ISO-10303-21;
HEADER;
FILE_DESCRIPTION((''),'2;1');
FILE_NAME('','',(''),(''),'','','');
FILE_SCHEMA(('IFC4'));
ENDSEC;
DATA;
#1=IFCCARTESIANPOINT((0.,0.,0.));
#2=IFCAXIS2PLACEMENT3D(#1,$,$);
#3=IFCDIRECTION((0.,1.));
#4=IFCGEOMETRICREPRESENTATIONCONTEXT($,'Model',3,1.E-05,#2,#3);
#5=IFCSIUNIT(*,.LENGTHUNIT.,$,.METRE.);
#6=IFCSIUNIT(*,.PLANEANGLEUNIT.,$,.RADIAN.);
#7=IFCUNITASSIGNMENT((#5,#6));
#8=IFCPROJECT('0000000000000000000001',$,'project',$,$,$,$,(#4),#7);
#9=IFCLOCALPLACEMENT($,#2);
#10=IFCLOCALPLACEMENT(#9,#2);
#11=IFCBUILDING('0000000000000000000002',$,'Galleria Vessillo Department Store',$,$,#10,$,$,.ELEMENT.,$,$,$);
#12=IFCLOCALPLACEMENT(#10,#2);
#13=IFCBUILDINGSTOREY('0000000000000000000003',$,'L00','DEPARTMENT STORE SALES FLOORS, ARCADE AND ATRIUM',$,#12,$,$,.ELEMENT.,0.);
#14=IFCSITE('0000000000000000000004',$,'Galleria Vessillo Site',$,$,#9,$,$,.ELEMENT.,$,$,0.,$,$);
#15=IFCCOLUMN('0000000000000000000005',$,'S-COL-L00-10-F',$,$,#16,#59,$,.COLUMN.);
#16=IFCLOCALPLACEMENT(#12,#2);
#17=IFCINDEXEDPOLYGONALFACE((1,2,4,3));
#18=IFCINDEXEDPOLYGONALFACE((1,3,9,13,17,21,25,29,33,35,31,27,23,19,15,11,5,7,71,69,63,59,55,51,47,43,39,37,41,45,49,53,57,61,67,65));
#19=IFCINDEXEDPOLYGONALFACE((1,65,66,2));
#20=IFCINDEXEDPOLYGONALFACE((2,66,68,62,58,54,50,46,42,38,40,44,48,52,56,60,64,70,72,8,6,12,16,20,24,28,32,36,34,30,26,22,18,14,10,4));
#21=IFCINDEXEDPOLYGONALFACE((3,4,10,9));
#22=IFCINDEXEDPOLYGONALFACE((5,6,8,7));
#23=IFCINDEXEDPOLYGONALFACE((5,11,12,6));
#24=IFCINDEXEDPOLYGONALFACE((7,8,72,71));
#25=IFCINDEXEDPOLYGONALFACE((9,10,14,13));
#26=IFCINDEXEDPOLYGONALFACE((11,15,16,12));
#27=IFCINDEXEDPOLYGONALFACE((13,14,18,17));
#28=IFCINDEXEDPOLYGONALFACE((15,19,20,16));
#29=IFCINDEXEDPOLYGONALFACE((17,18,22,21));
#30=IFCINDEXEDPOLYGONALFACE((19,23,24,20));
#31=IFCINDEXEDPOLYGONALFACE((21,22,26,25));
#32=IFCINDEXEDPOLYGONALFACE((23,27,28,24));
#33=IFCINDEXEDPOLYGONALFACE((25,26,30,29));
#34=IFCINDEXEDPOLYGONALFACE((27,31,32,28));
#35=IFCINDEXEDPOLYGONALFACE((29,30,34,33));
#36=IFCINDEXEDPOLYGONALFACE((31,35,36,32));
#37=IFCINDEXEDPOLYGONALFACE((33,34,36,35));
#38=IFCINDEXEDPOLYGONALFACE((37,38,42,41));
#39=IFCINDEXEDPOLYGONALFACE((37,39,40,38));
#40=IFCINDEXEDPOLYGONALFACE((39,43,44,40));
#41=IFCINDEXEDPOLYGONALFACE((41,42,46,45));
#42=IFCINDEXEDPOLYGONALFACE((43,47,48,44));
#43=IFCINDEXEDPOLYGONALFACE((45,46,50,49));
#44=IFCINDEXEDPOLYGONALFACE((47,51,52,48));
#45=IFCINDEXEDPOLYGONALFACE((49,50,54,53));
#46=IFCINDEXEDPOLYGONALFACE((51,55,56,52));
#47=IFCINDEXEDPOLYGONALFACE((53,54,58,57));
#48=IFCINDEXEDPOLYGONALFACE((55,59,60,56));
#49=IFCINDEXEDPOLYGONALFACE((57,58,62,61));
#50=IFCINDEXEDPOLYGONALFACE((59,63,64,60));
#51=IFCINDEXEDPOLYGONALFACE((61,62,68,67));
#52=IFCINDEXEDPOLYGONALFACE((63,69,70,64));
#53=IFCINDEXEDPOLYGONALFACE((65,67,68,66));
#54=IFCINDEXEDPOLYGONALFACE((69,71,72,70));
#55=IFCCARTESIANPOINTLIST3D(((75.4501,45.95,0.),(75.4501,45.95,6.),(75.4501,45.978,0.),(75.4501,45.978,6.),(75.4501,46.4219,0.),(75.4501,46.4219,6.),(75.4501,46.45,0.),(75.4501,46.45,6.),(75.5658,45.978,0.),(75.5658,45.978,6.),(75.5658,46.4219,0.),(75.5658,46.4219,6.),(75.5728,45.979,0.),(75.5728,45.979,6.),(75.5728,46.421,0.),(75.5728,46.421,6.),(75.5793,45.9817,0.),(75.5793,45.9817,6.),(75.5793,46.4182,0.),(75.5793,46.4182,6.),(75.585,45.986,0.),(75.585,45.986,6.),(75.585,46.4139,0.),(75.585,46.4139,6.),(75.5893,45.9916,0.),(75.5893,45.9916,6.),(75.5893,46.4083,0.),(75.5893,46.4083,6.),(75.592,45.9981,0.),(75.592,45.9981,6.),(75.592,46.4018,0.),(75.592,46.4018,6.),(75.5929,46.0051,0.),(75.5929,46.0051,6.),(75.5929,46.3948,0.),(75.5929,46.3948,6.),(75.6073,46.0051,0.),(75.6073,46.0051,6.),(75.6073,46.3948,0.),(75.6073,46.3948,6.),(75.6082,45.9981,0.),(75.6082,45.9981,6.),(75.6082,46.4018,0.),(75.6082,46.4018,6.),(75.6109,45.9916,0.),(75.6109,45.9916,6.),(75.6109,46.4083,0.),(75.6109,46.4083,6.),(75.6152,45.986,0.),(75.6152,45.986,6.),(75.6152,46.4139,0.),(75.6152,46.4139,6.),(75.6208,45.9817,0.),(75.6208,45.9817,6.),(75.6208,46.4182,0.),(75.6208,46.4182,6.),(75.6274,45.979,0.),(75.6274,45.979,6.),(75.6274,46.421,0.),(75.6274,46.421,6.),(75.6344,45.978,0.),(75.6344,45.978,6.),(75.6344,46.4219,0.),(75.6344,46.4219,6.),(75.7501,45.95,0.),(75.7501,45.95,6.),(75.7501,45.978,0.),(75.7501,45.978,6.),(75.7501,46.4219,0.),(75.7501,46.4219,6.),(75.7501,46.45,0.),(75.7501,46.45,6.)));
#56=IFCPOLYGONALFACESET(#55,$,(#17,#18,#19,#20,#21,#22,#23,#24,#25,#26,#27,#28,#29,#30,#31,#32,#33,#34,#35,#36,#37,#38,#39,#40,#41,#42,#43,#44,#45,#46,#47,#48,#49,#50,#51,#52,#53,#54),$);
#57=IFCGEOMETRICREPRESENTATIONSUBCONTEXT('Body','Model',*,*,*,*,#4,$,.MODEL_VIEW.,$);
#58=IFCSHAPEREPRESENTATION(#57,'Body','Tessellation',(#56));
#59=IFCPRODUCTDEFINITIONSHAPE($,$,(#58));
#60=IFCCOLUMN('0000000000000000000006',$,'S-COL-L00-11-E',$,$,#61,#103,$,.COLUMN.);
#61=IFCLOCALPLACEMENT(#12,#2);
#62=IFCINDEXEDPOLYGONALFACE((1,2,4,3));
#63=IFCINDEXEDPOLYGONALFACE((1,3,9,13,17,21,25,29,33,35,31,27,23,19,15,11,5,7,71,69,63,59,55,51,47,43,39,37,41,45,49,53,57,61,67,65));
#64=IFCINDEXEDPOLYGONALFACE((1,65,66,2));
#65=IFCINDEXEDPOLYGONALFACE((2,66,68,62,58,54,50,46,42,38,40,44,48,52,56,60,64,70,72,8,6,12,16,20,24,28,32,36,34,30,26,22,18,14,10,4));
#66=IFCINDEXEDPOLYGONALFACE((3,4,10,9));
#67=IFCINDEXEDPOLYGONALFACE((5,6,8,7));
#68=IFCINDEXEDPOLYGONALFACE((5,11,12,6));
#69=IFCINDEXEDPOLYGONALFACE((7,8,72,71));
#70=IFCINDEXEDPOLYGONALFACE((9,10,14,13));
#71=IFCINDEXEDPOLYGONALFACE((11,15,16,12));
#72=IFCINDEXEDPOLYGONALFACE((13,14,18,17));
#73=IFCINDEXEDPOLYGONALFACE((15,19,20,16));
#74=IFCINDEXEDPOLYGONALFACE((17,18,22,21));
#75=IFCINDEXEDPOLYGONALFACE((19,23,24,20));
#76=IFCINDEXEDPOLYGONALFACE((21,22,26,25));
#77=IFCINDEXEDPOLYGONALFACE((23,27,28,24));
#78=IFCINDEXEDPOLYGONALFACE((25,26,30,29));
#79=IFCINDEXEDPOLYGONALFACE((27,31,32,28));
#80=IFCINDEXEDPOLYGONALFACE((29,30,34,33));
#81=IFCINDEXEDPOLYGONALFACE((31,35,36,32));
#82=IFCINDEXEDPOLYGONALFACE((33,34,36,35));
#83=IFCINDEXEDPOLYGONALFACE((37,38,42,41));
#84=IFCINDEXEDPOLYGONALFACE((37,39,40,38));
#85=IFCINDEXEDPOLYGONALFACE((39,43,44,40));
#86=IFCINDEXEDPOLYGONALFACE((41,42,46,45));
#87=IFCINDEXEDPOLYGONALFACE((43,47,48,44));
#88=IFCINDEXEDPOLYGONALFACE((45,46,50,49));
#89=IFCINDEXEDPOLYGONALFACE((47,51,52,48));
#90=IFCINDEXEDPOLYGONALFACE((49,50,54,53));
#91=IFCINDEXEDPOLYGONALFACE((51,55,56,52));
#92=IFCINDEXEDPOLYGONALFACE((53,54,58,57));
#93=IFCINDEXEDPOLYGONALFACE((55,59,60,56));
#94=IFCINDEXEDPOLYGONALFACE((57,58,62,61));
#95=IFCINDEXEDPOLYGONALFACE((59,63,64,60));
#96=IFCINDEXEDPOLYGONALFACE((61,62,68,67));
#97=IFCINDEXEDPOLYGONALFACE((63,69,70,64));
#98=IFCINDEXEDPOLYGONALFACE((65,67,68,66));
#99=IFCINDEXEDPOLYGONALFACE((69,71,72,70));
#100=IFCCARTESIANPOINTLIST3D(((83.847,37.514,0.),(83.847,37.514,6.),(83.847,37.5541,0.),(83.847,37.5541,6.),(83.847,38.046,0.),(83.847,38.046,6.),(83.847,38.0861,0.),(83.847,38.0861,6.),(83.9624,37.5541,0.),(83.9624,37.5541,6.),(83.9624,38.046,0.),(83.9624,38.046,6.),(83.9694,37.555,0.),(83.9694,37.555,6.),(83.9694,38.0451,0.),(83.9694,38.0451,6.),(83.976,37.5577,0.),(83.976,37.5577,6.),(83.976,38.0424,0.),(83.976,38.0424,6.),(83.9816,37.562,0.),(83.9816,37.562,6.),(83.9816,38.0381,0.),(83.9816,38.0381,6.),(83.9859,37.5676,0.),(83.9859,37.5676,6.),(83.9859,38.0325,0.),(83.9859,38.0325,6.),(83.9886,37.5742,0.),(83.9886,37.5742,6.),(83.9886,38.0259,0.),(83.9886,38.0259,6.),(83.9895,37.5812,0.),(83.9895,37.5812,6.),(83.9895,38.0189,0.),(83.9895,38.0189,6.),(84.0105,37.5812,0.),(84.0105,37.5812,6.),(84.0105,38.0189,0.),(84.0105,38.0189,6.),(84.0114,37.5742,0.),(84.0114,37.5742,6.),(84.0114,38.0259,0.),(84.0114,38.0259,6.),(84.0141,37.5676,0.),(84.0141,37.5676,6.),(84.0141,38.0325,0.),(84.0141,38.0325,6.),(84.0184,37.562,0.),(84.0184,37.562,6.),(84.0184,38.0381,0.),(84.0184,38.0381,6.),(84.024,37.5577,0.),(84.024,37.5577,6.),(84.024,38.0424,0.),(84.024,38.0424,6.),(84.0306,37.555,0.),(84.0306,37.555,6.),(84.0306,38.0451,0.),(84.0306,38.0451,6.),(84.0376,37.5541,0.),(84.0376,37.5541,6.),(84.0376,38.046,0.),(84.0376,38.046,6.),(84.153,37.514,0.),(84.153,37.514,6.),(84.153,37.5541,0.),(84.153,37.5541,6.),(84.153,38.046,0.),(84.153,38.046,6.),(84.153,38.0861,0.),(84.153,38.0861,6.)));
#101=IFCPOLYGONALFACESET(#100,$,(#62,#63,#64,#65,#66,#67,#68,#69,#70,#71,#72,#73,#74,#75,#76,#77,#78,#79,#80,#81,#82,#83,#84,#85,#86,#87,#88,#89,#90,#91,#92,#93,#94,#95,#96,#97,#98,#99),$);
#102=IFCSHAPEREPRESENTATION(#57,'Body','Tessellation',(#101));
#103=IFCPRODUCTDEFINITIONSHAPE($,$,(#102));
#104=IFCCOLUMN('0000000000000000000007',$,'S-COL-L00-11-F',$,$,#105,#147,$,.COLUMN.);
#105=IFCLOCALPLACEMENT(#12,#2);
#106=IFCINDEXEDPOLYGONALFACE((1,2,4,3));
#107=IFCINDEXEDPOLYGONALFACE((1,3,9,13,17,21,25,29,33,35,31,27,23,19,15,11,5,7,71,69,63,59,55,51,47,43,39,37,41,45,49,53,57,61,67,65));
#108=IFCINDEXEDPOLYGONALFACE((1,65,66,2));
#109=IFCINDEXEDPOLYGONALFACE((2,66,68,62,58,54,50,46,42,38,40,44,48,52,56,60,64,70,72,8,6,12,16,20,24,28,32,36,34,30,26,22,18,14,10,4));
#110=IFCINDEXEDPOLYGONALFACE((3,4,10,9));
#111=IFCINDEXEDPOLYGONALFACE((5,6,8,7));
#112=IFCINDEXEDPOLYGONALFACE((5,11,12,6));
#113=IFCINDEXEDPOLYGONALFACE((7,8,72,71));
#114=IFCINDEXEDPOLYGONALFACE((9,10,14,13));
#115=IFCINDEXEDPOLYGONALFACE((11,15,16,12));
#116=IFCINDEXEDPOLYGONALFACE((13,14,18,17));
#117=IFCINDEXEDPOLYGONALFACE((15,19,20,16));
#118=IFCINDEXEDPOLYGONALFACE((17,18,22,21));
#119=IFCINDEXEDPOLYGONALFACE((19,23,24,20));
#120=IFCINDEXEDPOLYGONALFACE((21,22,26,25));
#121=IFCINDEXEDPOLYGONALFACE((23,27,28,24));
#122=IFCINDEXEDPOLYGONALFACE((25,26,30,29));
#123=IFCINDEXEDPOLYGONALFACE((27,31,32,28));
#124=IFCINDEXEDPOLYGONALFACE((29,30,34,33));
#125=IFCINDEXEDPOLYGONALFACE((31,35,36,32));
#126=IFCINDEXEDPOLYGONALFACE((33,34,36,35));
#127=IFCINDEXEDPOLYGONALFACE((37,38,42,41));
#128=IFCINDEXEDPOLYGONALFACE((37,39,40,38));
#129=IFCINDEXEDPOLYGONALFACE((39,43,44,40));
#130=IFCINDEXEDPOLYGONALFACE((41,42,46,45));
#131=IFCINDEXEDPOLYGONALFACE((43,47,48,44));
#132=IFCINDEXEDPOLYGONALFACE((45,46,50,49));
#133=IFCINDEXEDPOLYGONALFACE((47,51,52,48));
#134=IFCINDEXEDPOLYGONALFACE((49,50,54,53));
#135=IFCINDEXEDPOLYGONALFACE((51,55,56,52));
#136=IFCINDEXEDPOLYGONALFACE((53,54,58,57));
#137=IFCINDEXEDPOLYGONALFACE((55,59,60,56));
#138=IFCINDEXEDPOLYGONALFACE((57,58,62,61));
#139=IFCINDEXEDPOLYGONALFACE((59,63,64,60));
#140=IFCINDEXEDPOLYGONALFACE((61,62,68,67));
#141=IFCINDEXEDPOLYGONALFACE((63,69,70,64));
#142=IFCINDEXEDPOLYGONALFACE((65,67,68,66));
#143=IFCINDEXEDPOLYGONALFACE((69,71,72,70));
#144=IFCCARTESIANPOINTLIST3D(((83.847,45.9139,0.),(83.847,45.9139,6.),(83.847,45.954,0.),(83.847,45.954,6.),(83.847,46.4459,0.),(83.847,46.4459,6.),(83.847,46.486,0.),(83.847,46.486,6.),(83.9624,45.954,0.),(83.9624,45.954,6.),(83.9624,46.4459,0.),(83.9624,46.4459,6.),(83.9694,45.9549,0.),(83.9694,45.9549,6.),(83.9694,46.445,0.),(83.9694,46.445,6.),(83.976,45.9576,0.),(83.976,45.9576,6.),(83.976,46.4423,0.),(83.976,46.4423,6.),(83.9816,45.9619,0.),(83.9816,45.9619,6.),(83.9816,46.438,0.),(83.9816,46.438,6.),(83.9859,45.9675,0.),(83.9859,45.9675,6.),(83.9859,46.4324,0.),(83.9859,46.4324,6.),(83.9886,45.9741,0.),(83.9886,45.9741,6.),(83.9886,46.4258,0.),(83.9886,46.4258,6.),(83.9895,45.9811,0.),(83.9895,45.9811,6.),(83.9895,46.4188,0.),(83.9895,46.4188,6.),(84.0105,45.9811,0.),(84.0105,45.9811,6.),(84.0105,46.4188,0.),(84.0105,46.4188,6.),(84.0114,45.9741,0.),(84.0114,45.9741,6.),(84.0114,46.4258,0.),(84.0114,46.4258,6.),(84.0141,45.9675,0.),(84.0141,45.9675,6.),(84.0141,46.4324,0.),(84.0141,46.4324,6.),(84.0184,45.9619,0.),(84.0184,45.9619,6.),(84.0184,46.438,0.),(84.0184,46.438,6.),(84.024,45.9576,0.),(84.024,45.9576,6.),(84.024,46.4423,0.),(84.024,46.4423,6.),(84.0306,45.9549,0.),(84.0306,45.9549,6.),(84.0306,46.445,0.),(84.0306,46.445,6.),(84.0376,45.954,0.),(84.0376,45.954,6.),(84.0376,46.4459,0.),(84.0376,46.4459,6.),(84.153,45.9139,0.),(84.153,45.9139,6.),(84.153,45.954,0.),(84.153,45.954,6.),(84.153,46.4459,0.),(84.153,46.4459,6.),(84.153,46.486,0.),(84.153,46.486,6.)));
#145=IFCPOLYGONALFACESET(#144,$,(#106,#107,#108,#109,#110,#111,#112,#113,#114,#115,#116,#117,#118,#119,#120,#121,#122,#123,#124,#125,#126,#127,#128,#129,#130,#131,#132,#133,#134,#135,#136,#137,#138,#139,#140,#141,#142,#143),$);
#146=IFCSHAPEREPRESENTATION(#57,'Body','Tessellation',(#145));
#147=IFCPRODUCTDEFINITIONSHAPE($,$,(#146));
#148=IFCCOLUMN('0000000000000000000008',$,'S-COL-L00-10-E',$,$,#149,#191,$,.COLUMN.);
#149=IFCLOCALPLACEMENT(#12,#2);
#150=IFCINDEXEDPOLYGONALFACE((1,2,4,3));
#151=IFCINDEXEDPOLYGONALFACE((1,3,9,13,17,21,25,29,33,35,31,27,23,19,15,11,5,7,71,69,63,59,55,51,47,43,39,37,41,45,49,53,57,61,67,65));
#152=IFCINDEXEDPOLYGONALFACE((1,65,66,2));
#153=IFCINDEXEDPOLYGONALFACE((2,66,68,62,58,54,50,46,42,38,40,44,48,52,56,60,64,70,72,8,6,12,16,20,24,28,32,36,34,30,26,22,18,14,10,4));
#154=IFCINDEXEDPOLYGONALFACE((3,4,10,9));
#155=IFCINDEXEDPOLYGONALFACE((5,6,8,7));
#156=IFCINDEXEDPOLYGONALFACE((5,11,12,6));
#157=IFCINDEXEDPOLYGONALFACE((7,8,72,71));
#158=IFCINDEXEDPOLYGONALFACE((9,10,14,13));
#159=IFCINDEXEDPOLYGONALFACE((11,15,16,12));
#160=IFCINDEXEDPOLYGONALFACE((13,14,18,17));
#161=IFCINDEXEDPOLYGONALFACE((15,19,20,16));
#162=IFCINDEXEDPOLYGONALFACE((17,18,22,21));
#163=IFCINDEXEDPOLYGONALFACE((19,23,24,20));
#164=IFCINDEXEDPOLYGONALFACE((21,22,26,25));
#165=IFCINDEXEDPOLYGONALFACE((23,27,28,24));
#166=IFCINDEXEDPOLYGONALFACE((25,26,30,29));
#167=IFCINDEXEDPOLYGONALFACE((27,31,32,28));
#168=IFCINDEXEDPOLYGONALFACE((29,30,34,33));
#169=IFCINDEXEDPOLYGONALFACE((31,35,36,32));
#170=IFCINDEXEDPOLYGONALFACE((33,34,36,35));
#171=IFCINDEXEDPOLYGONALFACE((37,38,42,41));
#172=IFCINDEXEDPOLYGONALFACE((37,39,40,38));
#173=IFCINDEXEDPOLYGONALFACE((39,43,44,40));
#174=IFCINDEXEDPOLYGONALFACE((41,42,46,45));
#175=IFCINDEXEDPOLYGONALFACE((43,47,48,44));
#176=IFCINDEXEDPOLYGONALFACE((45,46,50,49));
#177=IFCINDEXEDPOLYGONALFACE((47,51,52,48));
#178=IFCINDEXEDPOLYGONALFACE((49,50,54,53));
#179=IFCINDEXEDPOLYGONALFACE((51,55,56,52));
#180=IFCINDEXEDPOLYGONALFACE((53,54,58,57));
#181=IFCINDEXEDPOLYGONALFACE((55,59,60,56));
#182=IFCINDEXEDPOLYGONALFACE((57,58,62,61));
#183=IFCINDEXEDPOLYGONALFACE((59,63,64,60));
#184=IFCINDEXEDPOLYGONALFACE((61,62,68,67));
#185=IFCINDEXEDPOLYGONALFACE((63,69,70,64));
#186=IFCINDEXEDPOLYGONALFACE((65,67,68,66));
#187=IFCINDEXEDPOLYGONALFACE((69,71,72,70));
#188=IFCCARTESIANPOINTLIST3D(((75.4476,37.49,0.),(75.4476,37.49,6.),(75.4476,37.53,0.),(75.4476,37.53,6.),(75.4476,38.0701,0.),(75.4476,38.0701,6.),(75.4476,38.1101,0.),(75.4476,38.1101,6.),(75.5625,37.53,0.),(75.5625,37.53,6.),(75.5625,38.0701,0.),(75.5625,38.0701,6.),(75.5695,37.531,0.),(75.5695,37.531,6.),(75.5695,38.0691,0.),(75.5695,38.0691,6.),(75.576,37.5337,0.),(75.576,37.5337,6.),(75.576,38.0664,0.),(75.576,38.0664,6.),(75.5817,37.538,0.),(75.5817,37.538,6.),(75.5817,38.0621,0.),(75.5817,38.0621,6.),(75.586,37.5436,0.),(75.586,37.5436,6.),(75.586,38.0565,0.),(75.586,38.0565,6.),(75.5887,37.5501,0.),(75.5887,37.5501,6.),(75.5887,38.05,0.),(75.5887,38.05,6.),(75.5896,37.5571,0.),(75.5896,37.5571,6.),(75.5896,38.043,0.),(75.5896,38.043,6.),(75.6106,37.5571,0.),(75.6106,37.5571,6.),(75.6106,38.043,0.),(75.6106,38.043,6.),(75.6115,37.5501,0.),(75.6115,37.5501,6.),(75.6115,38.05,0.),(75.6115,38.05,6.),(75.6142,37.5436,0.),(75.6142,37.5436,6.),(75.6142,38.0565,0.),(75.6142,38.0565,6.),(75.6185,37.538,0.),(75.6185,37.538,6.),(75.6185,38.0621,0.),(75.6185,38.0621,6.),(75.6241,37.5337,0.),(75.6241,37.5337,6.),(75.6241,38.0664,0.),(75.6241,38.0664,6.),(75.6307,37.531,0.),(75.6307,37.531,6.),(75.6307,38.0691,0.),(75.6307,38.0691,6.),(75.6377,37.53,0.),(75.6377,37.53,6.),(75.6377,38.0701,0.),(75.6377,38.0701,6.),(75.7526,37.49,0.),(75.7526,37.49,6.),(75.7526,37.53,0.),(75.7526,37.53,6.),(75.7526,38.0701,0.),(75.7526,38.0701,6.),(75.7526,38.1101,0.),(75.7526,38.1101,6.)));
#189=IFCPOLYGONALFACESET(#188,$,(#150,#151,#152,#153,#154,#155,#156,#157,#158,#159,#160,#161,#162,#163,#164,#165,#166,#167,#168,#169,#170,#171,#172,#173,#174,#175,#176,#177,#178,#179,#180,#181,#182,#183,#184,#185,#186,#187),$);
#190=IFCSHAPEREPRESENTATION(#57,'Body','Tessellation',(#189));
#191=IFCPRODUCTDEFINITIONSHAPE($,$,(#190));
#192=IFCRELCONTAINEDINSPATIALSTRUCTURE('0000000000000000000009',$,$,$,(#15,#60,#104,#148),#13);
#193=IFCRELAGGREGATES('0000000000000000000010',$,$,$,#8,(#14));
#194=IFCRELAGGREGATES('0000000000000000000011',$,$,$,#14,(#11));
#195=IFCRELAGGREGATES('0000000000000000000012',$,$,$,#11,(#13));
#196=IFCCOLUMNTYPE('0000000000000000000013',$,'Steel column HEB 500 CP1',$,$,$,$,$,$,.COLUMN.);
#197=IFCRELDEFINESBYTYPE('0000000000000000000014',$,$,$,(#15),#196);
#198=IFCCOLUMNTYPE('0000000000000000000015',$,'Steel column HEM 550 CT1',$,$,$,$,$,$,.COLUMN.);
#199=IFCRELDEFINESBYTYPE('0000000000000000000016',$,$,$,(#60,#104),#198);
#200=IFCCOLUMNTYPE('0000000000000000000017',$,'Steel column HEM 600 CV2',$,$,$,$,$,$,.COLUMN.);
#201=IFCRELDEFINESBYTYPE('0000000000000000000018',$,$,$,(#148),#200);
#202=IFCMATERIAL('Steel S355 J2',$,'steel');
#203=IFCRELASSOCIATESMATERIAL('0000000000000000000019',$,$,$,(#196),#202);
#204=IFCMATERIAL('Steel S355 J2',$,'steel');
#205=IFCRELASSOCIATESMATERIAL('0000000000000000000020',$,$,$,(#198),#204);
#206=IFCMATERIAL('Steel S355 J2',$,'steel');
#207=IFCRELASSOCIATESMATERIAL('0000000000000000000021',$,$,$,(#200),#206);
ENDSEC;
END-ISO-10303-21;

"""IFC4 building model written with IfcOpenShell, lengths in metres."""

from ifc_helpers import new_model, si_unit, direction, frame, origin, origin_2d, place, context, subcontext, project, spatial, i_section, extrude, material, material_profile, profile_set, type_object, element, save


model = new_model("IFC4")

# Units and contexts
model_context = context("Model", 3, precision=1e-05, world=origin(), true_north=direction((0.0, 1.0)))
body_context = subcontext(model_context, "Body", "Model", "MODEL_VIEW")
ifc_project = project(units=[si_unit("LENGTHUNIT", "METRE"), si_unit("PLANEANGLEUNIT", "RADIAN")], contexts=[model_context])

# Site, building, storey
site_placement = place(None, origin())
site = spatial("IfcSite", under=ifc_project, at=site_placement, Name="Galleria Vessillo Site", CompositionType="ELEMENT", RefElevation=0.0)
building_placement = place(site_placement, origin())
building = spatial("IfcBuilding", under=site, at=building_placement, Name="Galleria Vessillo Department Store", CompositionType="ELEMENT")
storey_placement = place(building_placement, origin())
storey = spatial("IfcBuildingStorey", under=building, at=storey_placement, Name="L00", Description="DEPARTMENT STORE SALES FLOORS, ARCADE AND ATRIUM", CompositionType="ELEMENT", Elevation=0.0)

# Columns
ifc_material_1 = material(Name="Steel S355 J2", Category="steel")
ifc_material_profile_1 = material_profile(ifc_material_1, i_section(OverallWidth=0.3, OverallDepth=0.5, WebThickness=0.0144, FlangeThickness=0.0281, FilletRadius=0.0271, at=origin_2d()), Name="HEB 500")
ifc_profile_set_1 = profile_set([ifc_material_profile_1], Name="Steel S355 J2")
column_type_1 = type_object("IfcColumnType", Name="Steel column HEB 500 CP1", PredefinedType="COLUMN", material=ifc_profile_set_1)
column_1_placement = place(storey_placement, frame((75.6001, 46.2, 0.0), z_axis=(0.0, 0.0, 1.0), x_axis=(1.0, 0.0, 0.0)))
element("IfcColumn", 1, at=column_1_placement, inside=storey, type_object=column_type_1, Name="S-COL-L00-10-F", PredefinedType="COLUMN", context=body_context, shape_type="SweptSolid", body=[
    extrude(i_section(OverallWidth=0.3, OverallDepth=0.5, WebThickness=0.0144, FlangeThickness=0.0281, FilletRadius=0.0271, at=origin_2d()), origin(), (0.0, 0.0, 1.0), 6.0),
])
ifc_material_2 = material(Name="Steel S355 J2", Category="steel")
ifc_material_profile_2 = material_profile(ifc_material_2, i_section(OverallWidth=0.3059, OverallDepth=0.572, WebThickness=0.021, FlangeThickness=0.04, FilletRadius=0.0271, at=origin_2d()), Name="HEM 550")
ifc_profile_set_2 = profile_set([ifc_material_profile_2], Name="Steel S355 J2")
column_type_2 = type_object("IfcColumnType", Name="Steel column HEM 550 CT1", PredefinedType="COLUMN", material=ifc_profile_set_2)
for number, where, z_axis, x_axis, name in (
    (2, (84.0, 37.8, 0.0), (0.0, 0.0, 1.0), (1.0, 0.0, 0.0), "S-COL-L00-11-E"),
    (3, (84.0, 46.2, 0.0), (0.0, 0.0, 1.0), (1.0, 0.0, 0.0), "S-COL-L00-11-F"),
):
    element("IfcColumn", number, at=place(storey_placement, frame(where, z_axis=z_axis, x_axis=x_axis)), inside=storey, type_object=column_type_2, Name=name, PredefinedType="COLUMN", context=body_context, shape_type="SweptSolid", body=[
        extrude(i_section(OverallWidth=0.3059, OverallDepth=0.572, WebThickness=0.021, FlangeThickness=0.04, FilletRadius=0.0271, at=origin_2d()), origin(), (0.0, 0.0, 1.0), 6.0),
    ])
ifc_material_3 = material(Name="Steel S355 J2", Category="steel")
ifc_material_profile_3 = material_profile(ifc_material_3, i_section(OverallWidth=0.3049, OverallDepth=0.6201, WebThickness=0.021, FlangeThickness=0.04, FilletRadius=0.0271, at=origin_2d()), Name="HEM 600")
ifc_profile_set_3 = profile_set([ifc_material_profile_3], Name="Steel S355 J2")
column_type_3 = type_object("IfcColumnType", Name="Steel column HEM 600 CV2", PredefinedType="COLUMN", material=ifc_profile_set_3)
column_2_placement = place(storey_placement, frame((75.6001, 37.8, 0.0), z_axis=(0.0, 0.0, 1.0), x_axis=(1.0, 0.0, 0.0)))
element("IfcColumn", 4, at=column_2_placement, inside=storey, type_object=column_type_3, Name="S-COL-L00-10-E", PredefinedType="COLUMN", context=body_context, shape_type="SweptSolid", body=[
    extrude(i_section(OverallWidth=0.3049, OverallDepth=0.6201, WebThickness=0.021, FlangeThickness=0.04, FilletRadius=0.0271, at=origin_2d()), origin(), (0.0, 0.0, 1.0), 6.0),
])

save(model, "model.ifc")
